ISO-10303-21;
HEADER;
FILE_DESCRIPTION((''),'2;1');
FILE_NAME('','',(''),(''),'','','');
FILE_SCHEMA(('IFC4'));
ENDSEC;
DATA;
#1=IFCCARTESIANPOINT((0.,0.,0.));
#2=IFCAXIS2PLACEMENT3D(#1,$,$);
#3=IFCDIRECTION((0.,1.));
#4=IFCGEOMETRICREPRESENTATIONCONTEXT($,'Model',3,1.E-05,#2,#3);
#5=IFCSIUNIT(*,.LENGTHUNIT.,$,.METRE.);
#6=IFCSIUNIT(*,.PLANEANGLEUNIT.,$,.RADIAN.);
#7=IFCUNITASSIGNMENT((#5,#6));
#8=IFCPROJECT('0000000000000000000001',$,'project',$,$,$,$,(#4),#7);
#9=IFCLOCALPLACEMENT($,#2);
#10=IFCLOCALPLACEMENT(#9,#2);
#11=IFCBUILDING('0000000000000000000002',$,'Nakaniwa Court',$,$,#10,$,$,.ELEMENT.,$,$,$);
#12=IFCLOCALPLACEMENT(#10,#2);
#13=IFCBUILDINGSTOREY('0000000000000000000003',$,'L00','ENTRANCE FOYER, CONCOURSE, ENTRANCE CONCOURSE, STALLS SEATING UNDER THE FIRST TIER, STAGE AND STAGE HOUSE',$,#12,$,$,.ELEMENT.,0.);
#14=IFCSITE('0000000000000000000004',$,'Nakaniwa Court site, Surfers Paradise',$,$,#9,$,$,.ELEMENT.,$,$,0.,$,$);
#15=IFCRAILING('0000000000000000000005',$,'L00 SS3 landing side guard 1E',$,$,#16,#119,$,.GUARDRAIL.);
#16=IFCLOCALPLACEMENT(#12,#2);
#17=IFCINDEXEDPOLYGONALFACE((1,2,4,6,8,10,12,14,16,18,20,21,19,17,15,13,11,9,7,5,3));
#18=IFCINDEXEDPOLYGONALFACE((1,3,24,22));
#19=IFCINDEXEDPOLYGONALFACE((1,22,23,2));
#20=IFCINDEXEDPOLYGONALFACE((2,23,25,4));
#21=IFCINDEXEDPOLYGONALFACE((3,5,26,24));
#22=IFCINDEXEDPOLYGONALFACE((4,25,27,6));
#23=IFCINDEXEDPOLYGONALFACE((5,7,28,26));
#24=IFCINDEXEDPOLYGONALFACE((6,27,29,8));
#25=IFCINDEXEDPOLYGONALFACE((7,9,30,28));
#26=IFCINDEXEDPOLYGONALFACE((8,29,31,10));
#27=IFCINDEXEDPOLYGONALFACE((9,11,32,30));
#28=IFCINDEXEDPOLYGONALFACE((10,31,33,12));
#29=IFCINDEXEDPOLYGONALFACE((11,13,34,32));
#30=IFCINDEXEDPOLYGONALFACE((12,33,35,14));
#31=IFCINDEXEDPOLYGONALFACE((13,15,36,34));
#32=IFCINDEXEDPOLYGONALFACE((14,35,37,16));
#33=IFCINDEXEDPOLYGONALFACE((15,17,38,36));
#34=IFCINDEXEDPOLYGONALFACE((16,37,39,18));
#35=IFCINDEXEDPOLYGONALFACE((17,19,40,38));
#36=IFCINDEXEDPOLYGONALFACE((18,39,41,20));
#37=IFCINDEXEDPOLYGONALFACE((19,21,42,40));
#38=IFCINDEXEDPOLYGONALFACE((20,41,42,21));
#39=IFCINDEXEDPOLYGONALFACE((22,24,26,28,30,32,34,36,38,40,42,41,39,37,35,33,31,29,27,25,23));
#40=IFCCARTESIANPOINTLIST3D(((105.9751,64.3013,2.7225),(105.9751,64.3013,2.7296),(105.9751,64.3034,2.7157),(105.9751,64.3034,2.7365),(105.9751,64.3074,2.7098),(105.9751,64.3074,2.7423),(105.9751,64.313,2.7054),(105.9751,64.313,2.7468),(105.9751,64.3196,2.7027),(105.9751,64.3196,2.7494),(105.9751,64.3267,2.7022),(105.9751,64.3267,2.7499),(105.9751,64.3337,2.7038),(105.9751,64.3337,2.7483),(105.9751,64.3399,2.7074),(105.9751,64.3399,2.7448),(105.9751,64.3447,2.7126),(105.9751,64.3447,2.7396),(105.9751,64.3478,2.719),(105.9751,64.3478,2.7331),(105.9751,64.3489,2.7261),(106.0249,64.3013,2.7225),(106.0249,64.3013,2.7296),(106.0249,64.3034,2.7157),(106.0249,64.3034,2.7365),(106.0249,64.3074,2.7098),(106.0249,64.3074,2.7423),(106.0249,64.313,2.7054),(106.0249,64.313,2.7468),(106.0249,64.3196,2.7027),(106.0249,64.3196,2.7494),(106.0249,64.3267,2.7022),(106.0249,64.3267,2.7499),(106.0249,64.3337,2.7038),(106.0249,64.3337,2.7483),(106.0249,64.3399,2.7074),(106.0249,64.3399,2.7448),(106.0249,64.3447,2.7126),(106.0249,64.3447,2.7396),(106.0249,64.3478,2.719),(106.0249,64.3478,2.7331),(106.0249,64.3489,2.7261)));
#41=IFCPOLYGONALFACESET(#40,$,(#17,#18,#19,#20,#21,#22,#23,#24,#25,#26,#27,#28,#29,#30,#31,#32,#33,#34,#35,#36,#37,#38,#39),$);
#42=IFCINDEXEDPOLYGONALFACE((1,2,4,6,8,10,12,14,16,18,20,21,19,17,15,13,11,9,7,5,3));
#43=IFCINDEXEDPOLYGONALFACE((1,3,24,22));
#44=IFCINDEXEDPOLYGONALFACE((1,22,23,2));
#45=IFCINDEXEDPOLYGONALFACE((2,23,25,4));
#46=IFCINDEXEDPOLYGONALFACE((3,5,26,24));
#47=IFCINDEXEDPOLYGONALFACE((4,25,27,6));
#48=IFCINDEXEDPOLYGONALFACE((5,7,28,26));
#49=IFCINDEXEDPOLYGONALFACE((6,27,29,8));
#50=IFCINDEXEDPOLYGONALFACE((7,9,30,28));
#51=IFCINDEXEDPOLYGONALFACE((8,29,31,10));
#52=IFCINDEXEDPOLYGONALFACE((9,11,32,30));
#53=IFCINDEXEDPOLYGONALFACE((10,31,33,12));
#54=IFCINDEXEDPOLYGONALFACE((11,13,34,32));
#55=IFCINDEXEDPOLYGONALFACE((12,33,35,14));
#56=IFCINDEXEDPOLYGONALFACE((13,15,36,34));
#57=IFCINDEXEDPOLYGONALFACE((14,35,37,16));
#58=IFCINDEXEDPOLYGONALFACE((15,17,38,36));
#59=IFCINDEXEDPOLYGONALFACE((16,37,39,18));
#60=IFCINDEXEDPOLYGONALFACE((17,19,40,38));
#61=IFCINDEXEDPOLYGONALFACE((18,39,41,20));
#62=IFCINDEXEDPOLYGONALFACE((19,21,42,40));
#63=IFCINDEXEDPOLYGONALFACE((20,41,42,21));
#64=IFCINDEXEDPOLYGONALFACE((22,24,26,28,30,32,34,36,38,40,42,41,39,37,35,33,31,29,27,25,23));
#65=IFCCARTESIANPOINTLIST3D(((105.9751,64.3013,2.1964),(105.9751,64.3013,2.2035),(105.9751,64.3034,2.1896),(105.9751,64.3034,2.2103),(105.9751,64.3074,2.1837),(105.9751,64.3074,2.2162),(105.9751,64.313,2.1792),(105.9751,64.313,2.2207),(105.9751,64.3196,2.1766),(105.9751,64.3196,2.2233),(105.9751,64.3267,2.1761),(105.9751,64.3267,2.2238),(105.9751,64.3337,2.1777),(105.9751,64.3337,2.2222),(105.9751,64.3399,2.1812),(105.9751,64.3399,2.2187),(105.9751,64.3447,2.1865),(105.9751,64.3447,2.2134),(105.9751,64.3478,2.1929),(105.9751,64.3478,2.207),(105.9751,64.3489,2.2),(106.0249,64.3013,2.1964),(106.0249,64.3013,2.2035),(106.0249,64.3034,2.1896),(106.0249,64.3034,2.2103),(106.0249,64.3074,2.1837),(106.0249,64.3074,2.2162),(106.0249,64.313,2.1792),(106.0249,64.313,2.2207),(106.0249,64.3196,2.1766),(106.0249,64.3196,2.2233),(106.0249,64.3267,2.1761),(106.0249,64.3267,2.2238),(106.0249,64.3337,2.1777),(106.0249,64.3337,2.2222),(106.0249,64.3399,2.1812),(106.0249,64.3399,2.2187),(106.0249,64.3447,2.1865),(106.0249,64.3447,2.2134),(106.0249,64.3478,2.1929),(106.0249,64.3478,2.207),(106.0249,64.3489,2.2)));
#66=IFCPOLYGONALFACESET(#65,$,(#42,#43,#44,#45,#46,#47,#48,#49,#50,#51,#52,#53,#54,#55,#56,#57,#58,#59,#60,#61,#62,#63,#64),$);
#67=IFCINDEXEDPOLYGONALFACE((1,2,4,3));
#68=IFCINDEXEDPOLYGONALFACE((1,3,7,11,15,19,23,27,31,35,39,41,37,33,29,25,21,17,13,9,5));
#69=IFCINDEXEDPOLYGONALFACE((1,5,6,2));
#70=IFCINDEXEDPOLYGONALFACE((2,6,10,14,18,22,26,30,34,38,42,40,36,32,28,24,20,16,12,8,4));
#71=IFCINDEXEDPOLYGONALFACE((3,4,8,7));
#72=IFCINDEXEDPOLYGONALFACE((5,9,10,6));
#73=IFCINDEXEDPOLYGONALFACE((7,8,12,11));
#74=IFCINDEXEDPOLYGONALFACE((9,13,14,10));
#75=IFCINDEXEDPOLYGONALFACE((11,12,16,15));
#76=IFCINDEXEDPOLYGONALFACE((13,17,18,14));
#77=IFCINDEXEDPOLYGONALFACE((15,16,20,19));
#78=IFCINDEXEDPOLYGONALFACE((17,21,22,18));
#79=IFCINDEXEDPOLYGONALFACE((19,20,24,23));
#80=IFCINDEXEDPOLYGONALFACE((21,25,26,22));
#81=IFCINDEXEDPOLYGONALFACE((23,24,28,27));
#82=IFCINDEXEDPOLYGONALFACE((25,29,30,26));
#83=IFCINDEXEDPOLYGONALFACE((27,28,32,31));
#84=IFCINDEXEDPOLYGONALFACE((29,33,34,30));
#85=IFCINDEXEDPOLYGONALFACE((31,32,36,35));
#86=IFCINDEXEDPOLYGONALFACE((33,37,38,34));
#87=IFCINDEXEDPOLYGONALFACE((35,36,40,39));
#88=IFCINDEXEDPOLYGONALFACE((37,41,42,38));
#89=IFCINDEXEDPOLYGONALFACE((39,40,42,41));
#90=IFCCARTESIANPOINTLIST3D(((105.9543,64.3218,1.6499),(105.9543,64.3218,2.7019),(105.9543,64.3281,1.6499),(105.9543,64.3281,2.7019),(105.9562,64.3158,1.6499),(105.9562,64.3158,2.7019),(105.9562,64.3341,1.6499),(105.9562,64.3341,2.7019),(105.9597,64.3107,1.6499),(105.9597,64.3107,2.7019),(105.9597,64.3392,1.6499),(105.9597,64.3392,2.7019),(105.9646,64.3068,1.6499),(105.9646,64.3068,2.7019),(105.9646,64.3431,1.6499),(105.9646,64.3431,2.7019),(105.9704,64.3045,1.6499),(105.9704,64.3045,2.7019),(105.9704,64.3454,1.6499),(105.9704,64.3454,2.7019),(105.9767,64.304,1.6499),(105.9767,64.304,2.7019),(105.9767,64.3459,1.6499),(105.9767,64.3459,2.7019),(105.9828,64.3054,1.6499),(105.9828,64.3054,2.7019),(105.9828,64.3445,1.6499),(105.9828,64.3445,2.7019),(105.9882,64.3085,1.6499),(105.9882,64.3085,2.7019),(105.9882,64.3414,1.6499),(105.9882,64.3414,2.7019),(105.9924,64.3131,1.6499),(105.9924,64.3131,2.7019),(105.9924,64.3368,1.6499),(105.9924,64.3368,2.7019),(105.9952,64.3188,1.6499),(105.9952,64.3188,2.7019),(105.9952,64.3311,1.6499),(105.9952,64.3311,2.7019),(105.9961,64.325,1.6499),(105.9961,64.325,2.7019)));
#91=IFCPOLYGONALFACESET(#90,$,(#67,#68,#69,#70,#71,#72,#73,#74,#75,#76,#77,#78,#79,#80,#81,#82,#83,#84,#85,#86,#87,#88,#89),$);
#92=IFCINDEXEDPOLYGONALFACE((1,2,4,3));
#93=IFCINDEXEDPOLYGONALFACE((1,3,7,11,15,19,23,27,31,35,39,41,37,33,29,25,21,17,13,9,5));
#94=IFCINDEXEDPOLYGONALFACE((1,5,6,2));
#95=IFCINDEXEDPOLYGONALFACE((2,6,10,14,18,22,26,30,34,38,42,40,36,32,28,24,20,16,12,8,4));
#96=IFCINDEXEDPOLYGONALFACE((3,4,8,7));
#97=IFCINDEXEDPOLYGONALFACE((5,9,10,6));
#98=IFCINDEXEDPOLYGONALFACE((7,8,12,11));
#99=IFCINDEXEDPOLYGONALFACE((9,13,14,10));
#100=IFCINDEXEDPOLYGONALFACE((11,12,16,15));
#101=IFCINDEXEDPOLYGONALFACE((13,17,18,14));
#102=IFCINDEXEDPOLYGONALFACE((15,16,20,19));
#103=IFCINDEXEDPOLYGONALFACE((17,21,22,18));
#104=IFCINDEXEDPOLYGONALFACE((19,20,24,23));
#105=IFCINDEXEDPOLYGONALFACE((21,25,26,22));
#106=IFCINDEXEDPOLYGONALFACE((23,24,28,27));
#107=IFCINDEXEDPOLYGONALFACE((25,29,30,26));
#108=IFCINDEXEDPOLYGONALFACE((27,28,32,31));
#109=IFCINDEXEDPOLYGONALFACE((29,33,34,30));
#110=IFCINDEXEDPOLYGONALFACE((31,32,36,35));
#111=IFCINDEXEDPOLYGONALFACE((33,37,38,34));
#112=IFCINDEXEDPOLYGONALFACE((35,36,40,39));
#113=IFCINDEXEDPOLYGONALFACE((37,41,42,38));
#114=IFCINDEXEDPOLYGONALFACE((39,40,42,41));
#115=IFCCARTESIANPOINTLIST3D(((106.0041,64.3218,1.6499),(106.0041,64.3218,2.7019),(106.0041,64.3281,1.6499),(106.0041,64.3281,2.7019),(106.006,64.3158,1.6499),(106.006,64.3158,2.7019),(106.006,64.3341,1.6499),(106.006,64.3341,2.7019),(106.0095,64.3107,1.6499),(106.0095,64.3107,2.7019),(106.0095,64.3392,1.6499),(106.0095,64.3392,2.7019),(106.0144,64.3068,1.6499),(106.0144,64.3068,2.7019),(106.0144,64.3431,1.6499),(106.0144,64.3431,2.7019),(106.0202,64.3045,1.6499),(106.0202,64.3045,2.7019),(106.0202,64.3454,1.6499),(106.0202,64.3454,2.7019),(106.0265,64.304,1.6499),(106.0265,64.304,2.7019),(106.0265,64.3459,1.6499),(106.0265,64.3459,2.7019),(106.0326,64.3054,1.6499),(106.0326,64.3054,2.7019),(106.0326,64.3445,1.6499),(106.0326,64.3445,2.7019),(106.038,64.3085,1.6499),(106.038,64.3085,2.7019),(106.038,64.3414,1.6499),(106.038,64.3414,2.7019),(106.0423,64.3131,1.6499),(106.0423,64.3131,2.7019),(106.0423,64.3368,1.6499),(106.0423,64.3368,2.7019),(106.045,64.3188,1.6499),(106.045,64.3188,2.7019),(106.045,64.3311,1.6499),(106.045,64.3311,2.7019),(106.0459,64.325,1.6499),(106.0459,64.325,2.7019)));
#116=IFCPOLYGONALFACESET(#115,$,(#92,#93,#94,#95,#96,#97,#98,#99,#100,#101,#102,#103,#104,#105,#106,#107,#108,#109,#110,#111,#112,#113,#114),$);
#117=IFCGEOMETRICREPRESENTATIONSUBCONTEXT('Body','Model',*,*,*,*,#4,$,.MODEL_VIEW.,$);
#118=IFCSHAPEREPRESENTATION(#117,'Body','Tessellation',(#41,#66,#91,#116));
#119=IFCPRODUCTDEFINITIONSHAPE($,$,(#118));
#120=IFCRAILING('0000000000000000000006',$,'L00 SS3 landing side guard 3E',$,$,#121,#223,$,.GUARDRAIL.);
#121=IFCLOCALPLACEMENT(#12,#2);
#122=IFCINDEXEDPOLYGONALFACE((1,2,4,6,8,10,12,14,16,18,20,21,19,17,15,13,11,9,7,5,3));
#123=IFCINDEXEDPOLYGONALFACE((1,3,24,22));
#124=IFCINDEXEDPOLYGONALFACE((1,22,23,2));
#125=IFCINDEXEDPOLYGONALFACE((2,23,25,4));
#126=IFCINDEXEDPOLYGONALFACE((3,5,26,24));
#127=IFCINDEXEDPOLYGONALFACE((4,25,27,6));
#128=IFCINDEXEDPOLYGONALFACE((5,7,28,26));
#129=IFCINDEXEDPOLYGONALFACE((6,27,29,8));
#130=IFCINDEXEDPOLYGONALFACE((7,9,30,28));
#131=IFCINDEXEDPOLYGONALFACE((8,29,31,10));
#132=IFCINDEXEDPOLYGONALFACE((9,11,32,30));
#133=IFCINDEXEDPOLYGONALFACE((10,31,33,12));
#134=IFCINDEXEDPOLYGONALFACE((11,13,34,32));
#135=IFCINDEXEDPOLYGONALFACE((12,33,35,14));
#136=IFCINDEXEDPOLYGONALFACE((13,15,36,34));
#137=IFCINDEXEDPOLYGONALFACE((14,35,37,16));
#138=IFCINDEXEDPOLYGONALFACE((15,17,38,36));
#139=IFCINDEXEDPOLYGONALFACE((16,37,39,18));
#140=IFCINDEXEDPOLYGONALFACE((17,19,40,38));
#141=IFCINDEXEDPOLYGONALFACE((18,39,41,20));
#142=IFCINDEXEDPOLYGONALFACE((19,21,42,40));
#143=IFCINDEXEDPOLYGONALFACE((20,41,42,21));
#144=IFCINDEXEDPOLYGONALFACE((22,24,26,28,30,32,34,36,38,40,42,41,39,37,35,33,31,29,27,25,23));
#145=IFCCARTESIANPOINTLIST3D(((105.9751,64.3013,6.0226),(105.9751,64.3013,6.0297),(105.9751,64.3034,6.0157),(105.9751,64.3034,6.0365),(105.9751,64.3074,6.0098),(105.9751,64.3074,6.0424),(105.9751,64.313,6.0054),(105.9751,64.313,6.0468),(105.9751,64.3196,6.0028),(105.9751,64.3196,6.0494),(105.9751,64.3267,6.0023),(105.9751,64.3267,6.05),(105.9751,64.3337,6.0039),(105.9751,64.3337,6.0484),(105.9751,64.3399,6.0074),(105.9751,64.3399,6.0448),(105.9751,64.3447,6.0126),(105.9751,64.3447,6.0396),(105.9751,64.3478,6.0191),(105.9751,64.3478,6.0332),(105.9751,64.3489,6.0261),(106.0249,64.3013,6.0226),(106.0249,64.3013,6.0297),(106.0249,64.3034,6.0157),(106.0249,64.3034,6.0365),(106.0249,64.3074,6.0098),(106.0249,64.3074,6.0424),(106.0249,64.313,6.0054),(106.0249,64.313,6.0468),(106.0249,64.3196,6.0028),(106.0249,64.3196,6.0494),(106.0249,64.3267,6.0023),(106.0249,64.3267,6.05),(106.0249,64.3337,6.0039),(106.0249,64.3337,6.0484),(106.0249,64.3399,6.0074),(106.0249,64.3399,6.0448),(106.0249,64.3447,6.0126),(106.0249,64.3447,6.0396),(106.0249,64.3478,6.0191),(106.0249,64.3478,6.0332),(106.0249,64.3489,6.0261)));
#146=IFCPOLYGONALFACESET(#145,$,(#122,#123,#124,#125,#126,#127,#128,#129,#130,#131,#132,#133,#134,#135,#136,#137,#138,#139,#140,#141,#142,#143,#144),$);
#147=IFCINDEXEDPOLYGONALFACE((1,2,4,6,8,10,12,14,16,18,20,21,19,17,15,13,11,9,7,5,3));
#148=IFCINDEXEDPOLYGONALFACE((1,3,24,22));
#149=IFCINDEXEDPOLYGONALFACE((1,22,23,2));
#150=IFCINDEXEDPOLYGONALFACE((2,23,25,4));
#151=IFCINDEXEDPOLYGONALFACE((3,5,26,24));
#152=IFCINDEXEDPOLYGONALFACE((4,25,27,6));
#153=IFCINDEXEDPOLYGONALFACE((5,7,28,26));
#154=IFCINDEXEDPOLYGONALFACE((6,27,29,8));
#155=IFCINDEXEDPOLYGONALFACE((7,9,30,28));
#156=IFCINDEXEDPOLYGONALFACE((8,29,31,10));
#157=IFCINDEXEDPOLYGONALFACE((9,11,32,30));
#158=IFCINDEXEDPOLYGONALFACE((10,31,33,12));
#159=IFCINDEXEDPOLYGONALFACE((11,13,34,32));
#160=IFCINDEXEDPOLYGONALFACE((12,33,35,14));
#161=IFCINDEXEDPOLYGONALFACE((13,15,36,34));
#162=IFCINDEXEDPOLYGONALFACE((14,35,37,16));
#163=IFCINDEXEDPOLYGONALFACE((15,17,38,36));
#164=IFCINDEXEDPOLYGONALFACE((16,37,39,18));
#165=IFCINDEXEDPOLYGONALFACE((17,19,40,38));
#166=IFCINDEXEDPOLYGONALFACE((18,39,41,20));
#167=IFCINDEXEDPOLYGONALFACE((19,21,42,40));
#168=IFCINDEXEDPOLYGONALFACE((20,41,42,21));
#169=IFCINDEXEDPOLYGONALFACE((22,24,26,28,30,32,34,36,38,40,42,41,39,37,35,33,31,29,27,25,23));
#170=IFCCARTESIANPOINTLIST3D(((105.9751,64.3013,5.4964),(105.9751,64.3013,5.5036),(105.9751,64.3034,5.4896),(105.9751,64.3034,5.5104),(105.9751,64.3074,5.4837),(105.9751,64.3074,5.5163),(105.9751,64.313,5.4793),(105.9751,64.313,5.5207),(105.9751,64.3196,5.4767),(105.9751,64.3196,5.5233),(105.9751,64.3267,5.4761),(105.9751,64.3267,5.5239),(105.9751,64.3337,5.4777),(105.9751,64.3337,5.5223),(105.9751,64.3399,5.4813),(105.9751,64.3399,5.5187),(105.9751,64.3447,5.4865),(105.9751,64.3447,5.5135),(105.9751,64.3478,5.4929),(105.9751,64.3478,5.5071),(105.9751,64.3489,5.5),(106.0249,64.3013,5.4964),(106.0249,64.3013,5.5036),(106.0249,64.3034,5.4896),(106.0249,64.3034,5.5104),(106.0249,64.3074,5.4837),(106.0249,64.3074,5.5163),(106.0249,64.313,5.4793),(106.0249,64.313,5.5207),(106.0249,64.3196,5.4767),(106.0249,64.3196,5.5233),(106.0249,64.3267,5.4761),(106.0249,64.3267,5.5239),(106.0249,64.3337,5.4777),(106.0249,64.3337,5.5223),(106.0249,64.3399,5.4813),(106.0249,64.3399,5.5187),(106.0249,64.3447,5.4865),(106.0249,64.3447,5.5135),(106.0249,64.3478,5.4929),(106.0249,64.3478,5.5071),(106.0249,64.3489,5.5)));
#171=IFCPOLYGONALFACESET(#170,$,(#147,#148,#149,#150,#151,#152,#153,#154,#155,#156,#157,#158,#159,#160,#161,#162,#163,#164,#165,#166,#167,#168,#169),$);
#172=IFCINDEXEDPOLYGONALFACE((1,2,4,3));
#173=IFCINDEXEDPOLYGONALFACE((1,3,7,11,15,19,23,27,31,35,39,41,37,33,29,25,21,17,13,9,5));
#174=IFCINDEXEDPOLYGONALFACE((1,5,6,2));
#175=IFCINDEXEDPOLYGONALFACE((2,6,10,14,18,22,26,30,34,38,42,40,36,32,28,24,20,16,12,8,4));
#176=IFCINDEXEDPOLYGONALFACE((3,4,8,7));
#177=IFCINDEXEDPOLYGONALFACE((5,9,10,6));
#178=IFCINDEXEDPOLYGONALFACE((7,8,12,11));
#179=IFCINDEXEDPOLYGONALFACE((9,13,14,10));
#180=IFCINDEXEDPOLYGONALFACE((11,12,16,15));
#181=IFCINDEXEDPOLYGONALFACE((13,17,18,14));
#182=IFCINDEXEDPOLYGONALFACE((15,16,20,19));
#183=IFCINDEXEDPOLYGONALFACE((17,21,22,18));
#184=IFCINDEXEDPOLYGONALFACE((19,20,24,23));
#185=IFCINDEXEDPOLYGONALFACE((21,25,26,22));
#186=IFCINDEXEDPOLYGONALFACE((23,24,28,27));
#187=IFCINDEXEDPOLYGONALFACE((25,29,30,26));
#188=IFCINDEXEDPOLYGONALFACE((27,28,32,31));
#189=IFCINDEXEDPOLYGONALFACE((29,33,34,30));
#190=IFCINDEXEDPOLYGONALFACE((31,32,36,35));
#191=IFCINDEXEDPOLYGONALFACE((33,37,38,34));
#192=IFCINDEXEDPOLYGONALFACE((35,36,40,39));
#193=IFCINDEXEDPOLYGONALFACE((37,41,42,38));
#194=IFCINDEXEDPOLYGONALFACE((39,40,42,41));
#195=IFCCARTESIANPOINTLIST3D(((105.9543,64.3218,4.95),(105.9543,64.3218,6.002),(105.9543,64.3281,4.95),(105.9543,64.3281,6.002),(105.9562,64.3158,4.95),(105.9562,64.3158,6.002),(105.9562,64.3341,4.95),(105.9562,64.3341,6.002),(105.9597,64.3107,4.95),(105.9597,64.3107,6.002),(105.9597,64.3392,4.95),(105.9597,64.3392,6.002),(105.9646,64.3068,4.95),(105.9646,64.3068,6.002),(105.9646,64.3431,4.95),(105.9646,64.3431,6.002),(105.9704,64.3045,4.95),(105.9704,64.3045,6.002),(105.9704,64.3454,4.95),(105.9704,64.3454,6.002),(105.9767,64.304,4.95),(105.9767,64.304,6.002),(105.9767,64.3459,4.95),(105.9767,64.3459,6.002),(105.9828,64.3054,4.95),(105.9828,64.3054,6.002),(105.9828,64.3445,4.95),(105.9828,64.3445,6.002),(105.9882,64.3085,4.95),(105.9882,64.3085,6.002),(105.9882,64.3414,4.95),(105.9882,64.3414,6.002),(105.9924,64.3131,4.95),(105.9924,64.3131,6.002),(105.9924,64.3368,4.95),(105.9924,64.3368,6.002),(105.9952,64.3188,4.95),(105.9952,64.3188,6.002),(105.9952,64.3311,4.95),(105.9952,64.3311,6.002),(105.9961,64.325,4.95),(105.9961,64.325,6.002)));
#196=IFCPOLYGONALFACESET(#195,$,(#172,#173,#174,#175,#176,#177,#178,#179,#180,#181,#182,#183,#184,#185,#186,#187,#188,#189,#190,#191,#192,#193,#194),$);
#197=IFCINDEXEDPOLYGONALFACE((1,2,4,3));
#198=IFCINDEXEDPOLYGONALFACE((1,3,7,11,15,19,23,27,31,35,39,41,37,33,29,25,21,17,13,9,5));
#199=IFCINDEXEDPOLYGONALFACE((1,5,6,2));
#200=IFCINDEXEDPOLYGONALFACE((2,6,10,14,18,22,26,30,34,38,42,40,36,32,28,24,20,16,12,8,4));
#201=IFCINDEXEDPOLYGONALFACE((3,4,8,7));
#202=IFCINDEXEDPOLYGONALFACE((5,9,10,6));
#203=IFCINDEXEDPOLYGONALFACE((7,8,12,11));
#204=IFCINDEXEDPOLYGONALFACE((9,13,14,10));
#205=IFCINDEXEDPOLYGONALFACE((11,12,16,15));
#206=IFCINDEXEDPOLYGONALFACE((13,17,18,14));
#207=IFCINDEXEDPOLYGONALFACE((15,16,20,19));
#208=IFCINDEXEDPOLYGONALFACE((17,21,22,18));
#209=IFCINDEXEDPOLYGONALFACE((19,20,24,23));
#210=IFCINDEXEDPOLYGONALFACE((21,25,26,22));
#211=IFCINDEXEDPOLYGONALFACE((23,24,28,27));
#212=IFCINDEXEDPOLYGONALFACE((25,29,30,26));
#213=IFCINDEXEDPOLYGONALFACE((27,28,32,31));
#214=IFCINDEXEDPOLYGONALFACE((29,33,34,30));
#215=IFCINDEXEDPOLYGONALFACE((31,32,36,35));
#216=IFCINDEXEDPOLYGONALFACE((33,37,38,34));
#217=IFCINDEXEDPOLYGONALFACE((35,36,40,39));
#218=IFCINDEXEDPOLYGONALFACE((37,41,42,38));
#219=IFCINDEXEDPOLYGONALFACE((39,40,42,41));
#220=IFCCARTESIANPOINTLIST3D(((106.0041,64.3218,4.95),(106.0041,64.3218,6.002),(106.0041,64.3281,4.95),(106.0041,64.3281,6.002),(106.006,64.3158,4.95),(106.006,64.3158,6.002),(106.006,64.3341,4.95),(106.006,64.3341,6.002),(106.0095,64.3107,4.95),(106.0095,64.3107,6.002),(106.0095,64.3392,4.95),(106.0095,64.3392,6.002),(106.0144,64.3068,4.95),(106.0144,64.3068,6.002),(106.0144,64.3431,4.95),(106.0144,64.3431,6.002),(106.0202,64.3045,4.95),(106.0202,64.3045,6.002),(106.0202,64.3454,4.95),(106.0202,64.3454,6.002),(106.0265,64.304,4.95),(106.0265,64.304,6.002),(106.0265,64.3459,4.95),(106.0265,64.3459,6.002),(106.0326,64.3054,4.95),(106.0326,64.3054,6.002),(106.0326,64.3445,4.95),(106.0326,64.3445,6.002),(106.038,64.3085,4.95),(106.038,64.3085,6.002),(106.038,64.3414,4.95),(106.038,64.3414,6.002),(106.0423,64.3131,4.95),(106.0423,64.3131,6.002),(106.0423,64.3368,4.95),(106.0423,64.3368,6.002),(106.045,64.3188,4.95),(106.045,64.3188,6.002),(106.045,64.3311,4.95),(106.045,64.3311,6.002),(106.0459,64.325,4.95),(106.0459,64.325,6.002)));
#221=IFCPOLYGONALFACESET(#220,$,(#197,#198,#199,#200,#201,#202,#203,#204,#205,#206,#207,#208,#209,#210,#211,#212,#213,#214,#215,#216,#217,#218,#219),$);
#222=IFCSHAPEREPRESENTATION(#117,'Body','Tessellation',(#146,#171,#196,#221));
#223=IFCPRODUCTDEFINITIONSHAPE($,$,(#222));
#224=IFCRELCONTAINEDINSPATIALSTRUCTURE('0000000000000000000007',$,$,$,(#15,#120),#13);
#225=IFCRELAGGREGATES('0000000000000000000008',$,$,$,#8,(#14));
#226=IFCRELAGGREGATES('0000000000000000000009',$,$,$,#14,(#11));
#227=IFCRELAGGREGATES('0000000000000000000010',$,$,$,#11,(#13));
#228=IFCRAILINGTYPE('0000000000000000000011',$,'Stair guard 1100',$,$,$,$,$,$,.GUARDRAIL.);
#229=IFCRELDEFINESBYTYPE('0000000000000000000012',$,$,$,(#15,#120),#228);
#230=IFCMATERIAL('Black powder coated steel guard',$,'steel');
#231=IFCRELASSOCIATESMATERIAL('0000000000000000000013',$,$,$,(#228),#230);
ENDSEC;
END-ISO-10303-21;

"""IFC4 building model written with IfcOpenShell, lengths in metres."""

from ifc_helpers import new_model, si_unit, direction, frame, origin, origin_2d, place, context, subcontext, project, spatial, circle, extrude, material, type_object, element, save


model = new_model("IFC4")

# Units and contexts
model_context = context("Model", 3, precision=1e-05, world=origin(), true_north=direction((0.0, 1.0)))
body_context = subcontext(model_context, "Body", "Model", "MODEL_VIEW")
ifc_project = project(units=[si_unit("LENGTHUNIT", "METRE"), si_unit("PLANEANGLEUNIT", "RADIAN")], contexts=[model_context])

# Site, building, storey
site_placement = place(None, origin())
site = spatial("IfcSite", under=ifc_project, at=site_placement, Name="Nakaniwa Court site, Surfers Paradise", CompositionType="ELEMENT", RefElevation=0.0)
building_placement = place(site_placement, origin())
building = spatial("IfcBuilding", under=site, at=building_placement, Name="Nakaniwa Court", CompositionType="ELEMENT")
storey_placement = place(building_placement, origin())
storey = spatial("IfcBuildingStorey", under=building, at=storey_placement, Name="L00", Description="ENTRANCE FOYER, CONCOURSE, ENTRANCE CONCOURSE, STALLS SEATING UNDER THE FIRST TIER, STAGE AND STAGE HOUSE", CompositionType="ELEMENT", Elevation=0.0)

# Railings
ifc_material_1 = material(Name="Black powder coated steel guard", Category="steel")
railing_type = type_object("IfcRailingType", Name="Stair guard 1100", PredefinedType="GUARDRAIL", material=ifc_material_1)
for number, where, name in (
    (1, (105.9751, 64.325, 1.6499), "L00 SS3 landing side guard 1E"),
    (2, (105.9751, 64.325, 4.95), "L00 SS3 landing side guard 3E"),
):
    element("IfcRailing", number, at=place(storey_placement, frame(where)), inside=storey, type_object=railing_type, Name=name, PredefinedType="GUARDRAIL", context=body_context, shape_type="SweptSolid", body=[
        extrude(circle(Radius=0.0239, at=origin_2d()), frame((0.0, 0.0, 1.0762), z_axis=(1.0, 0.0, 0.0), x_axis=(0.0, 1.0, 0.0)), (0.0, 0.0, 1.0), 0.0498),
        extrude(circle(Radius=0.0239, at=origin_2d()), frame((0.0, 0.0, 0.55), z_axis=(1.0, 0.0, 0.0), x_axis=(0.0, 1.0, 0.0)), (0.0, 0.0, 1.0), 0.0498),
        extrude(circle(Radius=0.021, at=origin_2d()), origin(), (0.0, 0.0, 1.0), 1.052),
        extrude(circle(Radius=0.021, at=origin_2d()), frame((0.0498, 0.0, 0.0)), (0.0, 0.0, 1.0), 1.052),
    ])

save(model, "model.ifc")
